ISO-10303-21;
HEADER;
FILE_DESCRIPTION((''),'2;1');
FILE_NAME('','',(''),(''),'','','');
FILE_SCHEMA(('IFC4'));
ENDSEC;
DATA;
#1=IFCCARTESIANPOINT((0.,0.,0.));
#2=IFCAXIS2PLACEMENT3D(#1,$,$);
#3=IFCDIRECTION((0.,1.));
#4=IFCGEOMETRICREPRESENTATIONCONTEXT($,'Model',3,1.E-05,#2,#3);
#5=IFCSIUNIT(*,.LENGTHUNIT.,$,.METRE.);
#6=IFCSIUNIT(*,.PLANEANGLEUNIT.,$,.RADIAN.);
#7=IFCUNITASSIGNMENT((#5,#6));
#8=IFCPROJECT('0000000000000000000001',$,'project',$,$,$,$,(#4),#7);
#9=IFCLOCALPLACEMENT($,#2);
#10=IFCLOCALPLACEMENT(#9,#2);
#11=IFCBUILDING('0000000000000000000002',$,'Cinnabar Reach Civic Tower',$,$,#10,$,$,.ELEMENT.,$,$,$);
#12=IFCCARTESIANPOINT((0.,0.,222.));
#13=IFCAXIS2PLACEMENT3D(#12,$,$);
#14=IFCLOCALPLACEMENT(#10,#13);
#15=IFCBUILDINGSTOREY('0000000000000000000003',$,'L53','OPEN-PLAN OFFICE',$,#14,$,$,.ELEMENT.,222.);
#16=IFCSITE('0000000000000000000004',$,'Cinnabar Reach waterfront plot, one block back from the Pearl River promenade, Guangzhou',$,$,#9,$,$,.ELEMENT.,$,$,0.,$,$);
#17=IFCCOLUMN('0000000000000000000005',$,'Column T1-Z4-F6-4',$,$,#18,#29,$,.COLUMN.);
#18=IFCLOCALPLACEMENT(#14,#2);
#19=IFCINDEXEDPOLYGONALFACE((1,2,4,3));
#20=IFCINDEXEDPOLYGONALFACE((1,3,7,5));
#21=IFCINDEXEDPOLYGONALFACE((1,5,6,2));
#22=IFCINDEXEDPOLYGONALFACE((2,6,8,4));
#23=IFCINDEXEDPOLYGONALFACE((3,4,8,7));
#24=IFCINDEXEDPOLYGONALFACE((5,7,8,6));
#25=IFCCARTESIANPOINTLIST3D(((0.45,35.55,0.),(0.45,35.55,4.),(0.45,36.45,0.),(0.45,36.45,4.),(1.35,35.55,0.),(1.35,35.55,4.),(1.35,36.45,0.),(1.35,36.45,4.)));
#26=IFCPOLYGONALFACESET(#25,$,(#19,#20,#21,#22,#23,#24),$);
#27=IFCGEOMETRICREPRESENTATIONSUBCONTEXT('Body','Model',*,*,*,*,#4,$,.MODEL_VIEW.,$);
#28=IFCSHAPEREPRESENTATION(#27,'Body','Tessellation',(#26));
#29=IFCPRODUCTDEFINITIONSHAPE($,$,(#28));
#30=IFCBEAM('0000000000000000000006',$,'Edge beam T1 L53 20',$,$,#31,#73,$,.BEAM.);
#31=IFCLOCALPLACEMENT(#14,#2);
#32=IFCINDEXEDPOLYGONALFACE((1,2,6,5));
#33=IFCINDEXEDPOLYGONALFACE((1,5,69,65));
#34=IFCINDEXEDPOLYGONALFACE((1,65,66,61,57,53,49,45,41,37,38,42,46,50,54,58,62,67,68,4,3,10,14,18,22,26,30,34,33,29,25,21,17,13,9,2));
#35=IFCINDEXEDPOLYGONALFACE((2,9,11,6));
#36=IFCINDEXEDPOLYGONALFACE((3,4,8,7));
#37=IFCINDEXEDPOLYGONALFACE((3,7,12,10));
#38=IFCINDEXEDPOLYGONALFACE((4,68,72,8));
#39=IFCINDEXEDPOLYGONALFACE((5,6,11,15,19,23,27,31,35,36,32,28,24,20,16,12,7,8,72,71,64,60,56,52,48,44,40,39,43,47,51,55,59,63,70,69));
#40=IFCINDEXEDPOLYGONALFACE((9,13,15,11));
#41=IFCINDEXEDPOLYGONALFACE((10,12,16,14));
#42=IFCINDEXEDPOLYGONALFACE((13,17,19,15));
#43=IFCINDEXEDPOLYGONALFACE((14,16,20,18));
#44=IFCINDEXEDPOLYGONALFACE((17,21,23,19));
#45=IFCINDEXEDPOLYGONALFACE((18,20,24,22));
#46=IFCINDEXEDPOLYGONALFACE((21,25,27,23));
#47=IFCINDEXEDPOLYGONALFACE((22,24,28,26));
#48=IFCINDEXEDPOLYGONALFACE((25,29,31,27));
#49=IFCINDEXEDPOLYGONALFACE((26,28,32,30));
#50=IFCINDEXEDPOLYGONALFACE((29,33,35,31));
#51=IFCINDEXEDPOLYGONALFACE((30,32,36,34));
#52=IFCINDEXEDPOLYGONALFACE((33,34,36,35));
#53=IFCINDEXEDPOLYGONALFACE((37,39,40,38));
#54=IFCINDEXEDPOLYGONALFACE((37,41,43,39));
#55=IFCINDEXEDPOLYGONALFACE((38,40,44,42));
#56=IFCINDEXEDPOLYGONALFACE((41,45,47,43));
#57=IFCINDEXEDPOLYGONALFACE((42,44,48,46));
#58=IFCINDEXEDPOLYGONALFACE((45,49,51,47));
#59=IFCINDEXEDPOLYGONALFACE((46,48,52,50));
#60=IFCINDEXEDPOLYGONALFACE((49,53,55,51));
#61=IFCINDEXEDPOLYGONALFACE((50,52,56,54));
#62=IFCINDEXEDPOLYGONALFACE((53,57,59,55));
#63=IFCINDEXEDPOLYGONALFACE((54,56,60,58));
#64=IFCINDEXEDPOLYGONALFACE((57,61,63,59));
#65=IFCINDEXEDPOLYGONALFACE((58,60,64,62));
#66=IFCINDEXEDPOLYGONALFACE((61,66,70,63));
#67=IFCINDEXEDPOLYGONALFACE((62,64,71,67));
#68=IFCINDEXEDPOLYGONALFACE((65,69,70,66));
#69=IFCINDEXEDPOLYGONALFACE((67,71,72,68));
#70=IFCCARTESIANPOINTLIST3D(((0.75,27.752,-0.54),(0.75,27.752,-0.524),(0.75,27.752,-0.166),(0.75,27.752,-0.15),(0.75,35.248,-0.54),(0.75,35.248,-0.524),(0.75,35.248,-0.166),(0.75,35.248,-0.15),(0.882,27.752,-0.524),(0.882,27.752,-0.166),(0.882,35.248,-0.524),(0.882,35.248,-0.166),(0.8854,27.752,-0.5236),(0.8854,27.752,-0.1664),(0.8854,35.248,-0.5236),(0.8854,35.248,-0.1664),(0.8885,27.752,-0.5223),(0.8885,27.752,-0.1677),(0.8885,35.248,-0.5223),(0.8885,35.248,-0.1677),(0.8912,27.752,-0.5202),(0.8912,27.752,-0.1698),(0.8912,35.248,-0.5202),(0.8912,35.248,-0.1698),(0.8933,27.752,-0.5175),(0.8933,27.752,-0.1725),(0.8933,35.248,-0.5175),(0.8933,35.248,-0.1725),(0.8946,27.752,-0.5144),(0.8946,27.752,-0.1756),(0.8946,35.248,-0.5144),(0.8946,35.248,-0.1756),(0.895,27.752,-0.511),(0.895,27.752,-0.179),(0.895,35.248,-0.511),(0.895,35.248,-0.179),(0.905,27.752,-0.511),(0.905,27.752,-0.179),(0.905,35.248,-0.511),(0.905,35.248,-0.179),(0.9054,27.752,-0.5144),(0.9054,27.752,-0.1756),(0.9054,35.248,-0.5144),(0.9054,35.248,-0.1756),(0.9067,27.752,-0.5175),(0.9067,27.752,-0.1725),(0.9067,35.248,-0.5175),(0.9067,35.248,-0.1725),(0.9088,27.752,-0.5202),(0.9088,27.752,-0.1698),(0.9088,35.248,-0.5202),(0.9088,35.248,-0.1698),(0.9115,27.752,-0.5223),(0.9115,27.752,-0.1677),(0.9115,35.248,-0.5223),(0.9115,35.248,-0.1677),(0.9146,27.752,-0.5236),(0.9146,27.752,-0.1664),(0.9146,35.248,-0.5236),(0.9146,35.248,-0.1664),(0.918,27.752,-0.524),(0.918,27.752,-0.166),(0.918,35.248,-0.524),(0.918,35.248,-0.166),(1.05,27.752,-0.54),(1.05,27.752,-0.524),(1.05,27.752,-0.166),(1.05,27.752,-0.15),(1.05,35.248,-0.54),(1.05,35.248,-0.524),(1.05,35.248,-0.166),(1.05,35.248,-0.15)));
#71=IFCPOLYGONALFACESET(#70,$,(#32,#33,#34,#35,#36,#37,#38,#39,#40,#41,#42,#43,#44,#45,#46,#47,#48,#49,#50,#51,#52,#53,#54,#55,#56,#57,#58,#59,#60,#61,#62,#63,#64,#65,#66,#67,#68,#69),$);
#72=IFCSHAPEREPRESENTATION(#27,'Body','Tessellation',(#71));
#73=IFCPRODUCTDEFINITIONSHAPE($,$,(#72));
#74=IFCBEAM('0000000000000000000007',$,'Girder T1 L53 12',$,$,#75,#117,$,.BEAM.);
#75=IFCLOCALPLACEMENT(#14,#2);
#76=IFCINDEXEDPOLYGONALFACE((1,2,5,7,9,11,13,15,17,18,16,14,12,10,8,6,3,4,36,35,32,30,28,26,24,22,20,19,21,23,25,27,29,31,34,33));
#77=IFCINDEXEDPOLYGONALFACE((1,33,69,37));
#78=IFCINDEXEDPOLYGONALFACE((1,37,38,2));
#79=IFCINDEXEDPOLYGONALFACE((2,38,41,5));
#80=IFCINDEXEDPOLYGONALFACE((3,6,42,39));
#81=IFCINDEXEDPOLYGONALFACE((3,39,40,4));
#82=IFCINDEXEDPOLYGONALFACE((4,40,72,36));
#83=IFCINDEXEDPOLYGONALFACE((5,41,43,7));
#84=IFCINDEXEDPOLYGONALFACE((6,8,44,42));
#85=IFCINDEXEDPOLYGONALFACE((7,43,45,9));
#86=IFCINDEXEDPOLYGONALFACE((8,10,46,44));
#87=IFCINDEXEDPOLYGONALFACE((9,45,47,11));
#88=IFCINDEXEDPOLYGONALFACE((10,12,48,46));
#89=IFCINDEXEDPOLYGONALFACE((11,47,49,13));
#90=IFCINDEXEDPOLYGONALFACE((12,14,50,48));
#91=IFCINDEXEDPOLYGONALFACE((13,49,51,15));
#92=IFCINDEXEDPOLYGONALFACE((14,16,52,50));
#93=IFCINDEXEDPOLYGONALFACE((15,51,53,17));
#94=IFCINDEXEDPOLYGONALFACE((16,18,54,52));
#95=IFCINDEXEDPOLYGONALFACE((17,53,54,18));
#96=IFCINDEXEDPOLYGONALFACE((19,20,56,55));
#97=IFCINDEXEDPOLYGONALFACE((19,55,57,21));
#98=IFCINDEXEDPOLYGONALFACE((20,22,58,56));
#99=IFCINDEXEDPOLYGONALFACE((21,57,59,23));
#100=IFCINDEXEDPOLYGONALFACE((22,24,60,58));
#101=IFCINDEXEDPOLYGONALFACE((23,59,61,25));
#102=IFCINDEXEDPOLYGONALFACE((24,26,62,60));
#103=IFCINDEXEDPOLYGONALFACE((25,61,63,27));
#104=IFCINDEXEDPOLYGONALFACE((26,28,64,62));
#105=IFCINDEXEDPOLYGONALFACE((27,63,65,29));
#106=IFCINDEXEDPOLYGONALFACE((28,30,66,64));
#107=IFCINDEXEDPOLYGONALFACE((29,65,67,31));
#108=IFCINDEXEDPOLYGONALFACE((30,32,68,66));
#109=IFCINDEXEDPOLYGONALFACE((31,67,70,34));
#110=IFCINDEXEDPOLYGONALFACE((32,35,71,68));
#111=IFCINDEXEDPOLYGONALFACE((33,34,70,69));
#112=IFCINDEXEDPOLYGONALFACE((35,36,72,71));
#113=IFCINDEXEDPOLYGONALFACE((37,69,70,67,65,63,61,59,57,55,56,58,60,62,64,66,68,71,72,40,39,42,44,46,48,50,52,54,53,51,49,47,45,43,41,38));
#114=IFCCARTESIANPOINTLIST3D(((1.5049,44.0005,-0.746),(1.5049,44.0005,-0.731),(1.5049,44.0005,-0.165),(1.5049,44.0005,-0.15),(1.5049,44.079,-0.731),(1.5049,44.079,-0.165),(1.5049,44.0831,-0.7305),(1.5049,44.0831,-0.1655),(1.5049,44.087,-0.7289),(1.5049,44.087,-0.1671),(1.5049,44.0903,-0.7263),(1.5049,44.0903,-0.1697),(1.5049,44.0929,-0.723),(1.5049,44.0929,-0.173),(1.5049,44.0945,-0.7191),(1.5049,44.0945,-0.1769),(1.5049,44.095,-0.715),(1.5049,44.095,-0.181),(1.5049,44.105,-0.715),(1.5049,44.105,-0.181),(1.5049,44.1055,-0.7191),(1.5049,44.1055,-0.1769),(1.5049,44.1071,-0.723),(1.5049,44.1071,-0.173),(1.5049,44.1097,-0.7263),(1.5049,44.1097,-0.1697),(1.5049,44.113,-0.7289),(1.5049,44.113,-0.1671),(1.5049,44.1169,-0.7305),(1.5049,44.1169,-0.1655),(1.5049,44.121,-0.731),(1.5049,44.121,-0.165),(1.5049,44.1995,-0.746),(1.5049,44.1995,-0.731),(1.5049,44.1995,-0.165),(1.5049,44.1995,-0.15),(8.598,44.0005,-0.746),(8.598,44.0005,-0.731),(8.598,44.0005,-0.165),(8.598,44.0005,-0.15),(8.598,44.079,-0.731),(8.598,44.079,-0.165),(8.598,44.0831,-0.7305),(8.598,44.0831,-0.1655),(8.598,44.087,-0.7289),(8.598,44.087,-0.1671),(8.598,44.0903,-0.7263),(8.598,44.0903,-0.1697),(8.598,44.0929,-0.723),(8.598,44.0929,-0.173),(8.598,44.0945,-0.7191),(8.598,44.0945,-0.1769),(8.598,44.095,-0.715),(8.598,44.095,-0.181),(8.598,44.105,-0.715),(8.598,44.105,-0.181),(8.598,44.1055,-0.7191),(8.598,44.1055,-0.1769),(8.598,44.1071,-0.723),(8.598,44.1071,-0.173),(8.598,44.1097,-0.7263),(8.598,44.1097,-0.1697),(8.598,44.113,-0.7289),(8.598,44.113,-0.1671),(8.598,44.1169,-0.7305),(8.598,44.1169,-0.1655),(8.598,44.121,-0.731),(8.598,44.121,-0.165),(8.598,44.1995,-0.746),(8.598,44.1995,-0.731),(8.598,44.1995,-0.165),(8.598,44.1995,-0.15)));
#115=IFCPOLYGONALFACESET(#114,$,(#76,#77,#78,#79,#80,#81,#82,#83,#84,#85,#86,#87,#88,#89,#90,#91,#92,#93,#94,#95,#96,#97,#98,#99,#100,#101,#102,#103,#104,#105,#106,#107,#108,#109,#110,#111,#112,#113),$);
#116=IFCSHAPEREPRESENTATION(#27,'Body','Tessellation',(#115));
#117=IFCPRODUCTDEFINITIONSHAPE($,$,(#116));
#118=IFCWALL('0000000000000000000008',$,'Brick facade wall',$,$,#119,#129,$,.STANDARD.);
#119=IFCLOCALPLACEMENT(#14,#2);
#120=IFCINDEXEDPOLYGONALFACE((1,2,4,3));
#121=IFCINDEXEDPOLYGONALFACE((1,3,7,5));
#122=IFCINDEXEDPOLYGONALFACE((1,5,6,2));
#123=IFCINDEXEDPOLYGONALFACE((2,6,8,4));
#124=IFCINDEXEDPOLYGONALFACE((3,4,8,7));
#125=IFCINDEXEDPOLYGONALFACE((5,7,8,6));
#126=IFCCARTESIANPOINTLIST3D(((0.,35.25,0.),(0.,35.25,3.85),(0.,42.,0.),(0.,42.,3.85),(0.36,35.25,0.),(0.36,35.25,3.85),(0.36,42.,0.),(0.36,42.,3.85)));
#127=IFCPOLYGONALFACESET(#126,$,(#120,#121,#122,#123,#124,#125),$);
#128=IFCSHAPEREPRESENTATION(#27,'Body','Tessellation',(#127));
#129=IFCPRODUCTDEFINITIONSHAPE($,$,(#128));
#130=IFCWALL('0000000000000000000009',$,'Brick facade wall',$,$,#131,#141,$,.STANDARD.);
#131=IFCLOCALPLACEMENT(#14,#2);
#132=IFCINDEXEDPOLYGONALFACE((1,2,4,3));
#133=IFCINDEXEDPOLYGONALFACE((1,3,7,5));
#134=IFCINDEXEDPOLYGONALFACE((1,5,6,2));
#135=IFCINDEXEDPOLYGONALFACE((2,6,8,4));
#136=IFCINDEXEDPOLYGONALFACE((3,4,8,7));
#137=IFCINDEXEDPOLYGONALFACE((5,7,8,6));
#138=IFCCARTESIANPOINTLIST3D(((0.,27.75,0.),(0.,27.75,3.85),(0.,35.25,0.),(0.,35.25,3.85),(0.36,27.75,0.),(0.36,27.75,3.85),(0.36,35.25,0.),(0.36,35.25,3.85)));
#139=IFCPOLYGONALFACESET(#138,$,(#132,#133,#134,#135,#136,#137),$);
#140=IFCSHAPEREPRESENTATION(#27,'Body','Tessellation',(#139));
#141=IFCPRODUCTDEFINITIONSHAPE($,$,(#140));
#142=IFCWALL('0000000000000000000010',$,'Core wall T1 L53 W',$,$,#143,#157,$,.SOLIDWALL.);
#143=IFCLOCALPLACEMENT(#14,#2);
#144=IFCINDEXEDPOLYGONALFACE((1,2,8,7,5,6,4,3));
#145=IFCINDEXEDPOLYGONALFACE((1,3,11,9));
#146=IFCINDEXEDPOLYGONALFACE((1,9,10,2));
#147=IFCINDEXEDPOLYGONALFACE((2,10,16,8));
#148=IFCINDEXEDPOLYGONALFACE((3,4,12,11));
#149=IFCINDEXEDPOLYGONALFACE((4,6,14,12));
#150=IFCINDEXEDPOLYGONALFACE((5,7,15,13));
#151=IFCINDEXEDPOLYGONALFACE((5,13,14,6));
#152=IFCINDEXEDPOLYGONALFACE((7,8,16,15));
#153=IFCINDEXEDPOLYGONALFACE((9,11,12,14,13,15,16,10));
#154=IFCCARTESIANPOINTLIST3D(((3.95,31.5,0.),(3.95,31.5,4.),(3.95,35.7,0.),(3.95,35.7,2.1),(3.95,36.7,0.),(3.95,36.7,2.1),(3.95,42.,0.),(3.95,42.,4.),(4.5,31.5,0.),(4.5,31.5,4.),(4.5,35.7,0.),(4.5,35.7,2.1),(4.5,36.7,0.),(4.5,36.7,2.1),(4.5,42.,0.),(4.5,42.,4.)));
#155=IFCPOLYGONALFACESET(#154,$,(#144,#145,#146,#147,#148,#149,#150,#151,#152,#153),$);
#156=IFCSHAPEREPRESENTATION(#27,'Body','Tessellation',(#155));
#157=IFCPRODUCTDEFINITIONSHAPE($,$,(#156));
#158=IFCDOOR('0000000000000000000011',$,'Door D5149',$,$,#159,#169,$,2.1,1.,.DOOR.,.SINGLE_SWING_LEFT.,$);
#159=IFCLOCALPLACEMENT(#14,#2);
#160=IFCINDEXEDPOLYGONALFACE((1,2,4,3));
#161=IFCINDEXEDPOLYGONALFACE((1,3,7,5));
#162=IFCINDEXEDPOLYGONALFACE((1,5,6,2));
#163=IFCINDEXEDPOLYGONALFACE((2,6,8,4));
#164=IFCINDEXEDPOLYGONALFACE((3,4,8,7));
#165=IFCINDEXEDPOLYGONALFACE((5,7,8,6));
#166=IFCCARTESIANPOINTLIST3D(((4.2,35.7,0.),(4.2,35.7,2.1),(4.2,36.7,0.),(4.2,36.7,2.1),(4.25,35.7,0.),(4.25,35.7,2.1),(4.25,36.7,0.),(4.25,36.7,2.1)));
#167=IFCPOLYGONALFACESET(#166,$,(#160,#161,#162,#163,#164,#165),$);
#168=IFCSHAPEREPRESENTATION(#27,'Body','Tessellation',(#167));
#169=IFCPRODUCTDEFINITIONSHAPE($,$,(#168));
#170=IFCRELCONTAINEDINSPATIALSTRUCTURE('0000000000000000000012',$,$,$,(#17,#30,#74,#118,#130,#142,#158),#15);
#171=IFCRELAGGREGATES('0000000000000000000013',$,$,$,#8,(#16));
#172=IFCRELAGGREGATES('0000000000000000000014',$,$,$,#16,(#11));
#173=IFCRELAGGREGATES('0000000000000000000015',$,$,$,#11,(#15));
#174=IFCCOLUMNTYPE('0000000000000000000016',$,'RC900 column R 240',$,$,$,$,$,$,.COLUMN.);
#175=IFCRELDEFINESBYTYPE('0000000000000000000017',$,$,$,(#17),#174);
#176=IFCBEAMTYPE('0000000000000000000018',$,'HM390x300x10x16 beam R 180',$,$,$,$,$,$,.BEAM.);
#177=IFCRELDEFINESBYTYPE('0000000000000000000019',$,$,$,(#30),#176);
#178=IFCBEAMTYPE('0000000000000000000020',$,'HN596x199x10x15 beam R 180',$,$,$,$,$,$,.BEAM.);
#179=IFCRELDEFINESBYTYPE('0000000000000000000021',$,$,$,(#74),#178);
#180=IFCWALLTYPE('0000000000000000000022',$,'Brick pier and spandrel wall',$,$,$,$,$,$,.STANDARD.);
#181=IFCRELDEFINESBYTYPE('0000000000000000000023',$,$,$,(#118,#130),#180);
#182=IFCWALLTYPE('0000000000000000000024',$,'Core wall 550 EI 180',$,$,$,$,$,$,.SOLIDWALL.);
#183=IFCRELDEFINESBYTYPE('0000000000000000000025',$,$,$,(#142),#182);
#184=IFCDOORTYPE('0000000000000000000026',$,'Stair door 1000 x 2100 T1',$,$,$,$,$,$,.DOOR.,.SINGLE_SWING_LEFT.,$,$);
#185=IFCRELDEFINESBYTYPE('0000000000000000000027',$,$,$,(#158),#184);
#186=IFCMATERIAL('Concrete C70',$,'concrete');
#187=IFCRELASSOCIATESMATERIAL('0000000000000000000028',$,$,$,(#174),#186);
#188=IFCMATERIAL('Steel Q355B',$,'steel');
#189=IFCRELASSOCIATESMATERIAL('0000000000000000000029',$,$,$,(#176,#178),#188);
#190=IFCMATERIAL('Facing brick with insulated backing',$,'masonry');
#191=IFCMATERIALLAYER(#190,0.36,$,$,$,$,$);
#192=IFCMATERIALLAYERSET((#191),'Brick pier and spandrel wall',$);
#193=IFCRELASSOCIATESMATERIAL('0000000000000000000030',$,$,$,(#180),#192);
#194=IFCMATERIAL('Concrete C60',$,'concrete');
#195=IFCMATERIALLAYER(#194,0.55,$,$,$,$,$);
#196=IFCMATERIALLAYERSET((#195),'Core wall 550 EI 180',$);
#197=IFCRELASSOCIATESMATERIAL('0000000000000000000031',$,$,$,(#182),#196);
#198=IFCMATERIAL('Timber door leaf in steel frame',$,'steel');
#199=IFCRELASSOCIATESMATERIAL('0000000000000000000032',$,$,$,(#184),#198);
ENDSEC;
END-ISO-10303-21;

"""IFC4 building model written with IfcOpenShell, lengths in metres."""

from ifc_helpers import new_model, si_unit, direction, frame, frame_2d, origin, origin_2d, place, context, subcontext, project, spatial, rectangle, i_section, extrude, material, layer, layer_set, material_profile, profile_set, type_object, element, fill, save


model = new_model("IFC4")

# Units and contexts
model_context = context("Model", 3, precision=1e-05, world=origin(), true_north=direction((0.0, 1.0)))
body_context = subcontext(model_context, "Body", "Model", "MODEL_VIEW")
ifc_project = project(units=[si_unit("LENGTHUNIT", "METRE"), si_unit("PLANEANGLEUNIT", "RADIAN")], contexts=[model_context])

# Site, building, storey
site_placement = place(None, origin())
site = spatial("IfcSite", under=ifc_project, at=site_placement, Name="Cinnabar Reach waterfront plot, one block back from the Pearl River promenade, Guangzhou", CompositionType="ELEMENT", RefElevation=0.0)
building_placement = place(site_placement, origin())
building = spatial("IfcBuilding", under=site, at=building_placement, Name="Cinnabar Reach Civic Tower", CompositionType="ELEMENT")
storey_placement = place(building_placement, frame((0.0, 0.0, 222.0)))
storey = spatial("IfcBuildingStorey", under=building, at=storey_placement, Name="L53", Description="OPEN-PLAN OFFICE", CompositionType="ELEMENT", Elevation=222.0)

# Column
ifc_material_1 = material(Name="Concrete C70", Category="concrete")
ifc_material_profile_1 = material_profile(ifc_material_1, rectangle(XDim=0.9, YDim=0.9, at=origin_2d()), Name="RC900")
ifc_profile_set_1 = profile_set([ifc_material_profile_1], Name="Concrete C70")
column_type = type_object("IfcColumnType", Name="RC900 column R 240", PredefinedType="COLUMN", material=ifc_profile_set_1)
column_placement = place(storey_placement, frame((0.9, 36.0, 0.0), z_axis=(0.0, 0.0, 1.0), x_axis=(1.0, 0.0, 0.0)))
element("IfcColumn", 1, at=column_placement, inside=storey, type_object=column_type, Name="Column T1-Z4-F6-4", PredefinedType="COLUMN", context=body_context, shape_type="SweptSolid", body=[
    extrude(rectangle(XDim=0.9, YDim=0.9, at=origin_2d()), origin(), (0.0, 0.0, 1.0), 4.0),
])

# Beams
ifc_material_2 = material(Name="Steel Q355B", Category="steel")
ifc_material_profile_2 = material_profile(ifc_material_2, i_section(OverallWidth=0.3, OverallDepth=0.39, WebThickness=0.01, FlangeThickness=0.016, FilletRadius=0.013, at=origin_2d()), Name="HM390x300x10x16")
ifc_profile_set_2 = profile_set([ifc_material_profile_2], Name="Steel Q355B")
beam_type_1 = type_object("IfcBeamType", Name="HM390x300x10x16 beam R 180", PredefinedType="BEAM", material=ifc_profile_set_2)
beam_1_placement = place(storey_placement, frame((0.9, 35.248, -0.345), z_axis=(0.0, -1.0, 0.0), x_axis=(1.0, 0.0, 0.0)))
element("IfcBeam", 2, at=beam_1_placement, inside=storey, type_object=beam_type_1, Name="Edge beam T1 L53 20", PredefinedType="BEAM", context=body_context, shape_type="SweptSolid", body=[
    extrude(i_section(OverallWidth=0.3, OverallDepth=0.39, WebThickness=0.01, FlangeThickness=0.016, FilletRadius=0.013, at=origin_2d()), origin(), (0.0, 0.0, 1.0), 7.496),
])
ifc_material_profile_3 = material_profile(ifc_material_2, i_section(OverallWidth=0.199, OverallDepth=0.596, WebThickness=0.01, FlangeThickness=0.015, FilletRadius=0.016, at=origin_2d()), Name="HN596x199x10x15")
ifc_profile_set_3 = profile_set([ifc_material_profile_3], Name="Steel Q355B")
beam_type_2 = type_object("IfcBeamType", Name="HN596x199x10x15 beam R 180", PredefinedType="BEAM", material=ifc_profile_set_3)
beam_2_placement = place(storey_placement, frame((1.5049, 44.1, -0.448), z_axis=(1.0, 0.0, 0.0), x_axis=(0.0, 1.0, 0.0)))
element("IfcBeam", 3, at=beam_2_placement, inside=storey, type_object=beam_type_2, Name="Girder T1 L53 12", PredefinedType="BEAM", context=body_context, shape_type="SweptSolid", body=[
    extrude(i_section(OverallWidth=0.199, OverallDepth=0.596, WebThickness=0.01, FlangeThickness=0.015, FilletRadius=0.016, at=origin_2d()), origin(), (0.0, 0.0, 1.0), 7.0931),
])

# Walls
ifc_material_3 = material(Name="Facing brick with insulated backing", Category="masonry")
ifc_layer_1 = layer(ifc_material_3, 0.36)
ifc_layer_set_1 = layer_set([ifc_layer_1], Name="Brick pier and spandrel wall")
wall_type_1 = type_object("IfcWallType", Name="Brick pier and spandrel wall", PredefinedType="STANDARD", material=ifc_layer_set_1)
wall_1_placement = place(storey_placement, frame((0.18, 42.0, 0.0), z_axis=(0.0, 0.0, 1.0), x_axis=(0.0, -1.0, 0.0)))
element("IfcWall", 4, at=wall_1_placement, inside=storey, type_object=wall_type_1, Name="Brick facade wall", PredefinedType="STANDARD", context=body_context, shape_type="SweptSolid", body=[
    extrude(rectangle(XDim=6.75, YDim=0.36, at=frame_2d((3.375, 0.0))), origin(), (0.0, 0.0, 1.0), 3.85),
])
wall_2_placement = place(storey_placement, frame((0.18, 35.25, 0.0), z_axis=(0.0, 0.0, 1.0), x_axis=(0.0, -1.0, 0.0)))
element("IfcWall", 5, at=wall_2_placement, inside=storey, type_object=wall_type_1, Name="Brick facade wall", PredefinedType="STANDARD", context=body_context, shape_type="SweptSolid", body=[
    extrude(rectangle(XDim=7.5, YDim=0.36, at=frame_2d((3.75, 0.0))), origin(), (0.0, 0.0, 1.0), 3.85),
])

# Wall, opening, door
ifc_material_4 = material(Name="Concrete C60", Category="concrete")
ifc_layer_2 = layer(ifc_material_4, 0.55)
ifc_layer_set_2 = layer_set([ifc_layer_2], Name="Core wall 550 EI 180")
wall_type_2 = type_object("IfcWallType", Name="Core wall 550 EI 180", PredefinedType="SOLIDWALL", material=ifc_layer_set_2)
wall_3_placement = place(storey_placement, frame((4.225, 42.0, 0.0), z_axis=(0.0, 0.0, 1.0), x_axis=(0.0, -1.0, 0.0)))
wall_3 = element("IfcWall", 6, at=wall_3_placement, inside=storey, type_object=wall_type_2, Name="Core wall T1 L53 W", PredefinedType="SOLIDWALL", context=body_context, shape_type="SweptSolid", body=[
    extrude(rectangle(XDim=10.5, YDim=0.55, at=frame_2d((5.25, 0.0))), origin(), (0.0, 0.0, 1.0), 4.0),
])
opening_1_placement = place(wall_3_placement, frame((5.3, 0.0, 0.0)))
opening_1 = element("IfcOpeningElement", 7, at=opening_1_placement, cuts=wall_3, PredefinedType="OPENING", context=body_context, shape_type="SweptSolid", body=[
    extrude(rectangle(XDim=1.0, YDim=2.1, at=frame_2d((0.5, 1.05))), frame((0.0, 0.285, 0.0), z_axis=(0.0, -1.0, 0.0), x_axis=(1.0, 0.0, 0.0)), (0.0, 0.0, 1.0), 0.57),
])
ifc_material_5 = material(Name="Timber door leaf in steel frame", Category="steel")
door_type_1 = type_object("IfcDoorType", Name="Stair door 1000 x 2100 T1", OperationType="SINGLE_SWING_LEFT", PredefinedType="DOOR", material=ifc_material_5)
door_1_placement = place(opening_1_placement, frame((1.0, 0.0, 0.0), z_axis=(0.0, 0.0, 1.0), x_axis=(-1.0, 0.0, 0.0)))
door_1 = element("IfcDoor", 8, at=door_1_placement, inside=storey, type_object=door_type_1, Name="Door D5149", OperationType="SINGLE_SWING_LEFT", OverallHeight=2.1, OverallWidth=1.0, PredefinedType="DOOR", context=body_context, shape_type="SweptSolid", body=[
    extrude(rectangle(XDim=1.0, YDim=2.1, at=frame_2d((0.5, 1.05))), frame((0.0, 0.025, 0.0), z_axis=(0.0, -1.0, 0.0), x_axis=(1.0, 0.0, 0.0)), (0.0, 0.0, 1.0), 0.05),
])
fill(opening_1, door_1)

save(model, "model.ifc")
